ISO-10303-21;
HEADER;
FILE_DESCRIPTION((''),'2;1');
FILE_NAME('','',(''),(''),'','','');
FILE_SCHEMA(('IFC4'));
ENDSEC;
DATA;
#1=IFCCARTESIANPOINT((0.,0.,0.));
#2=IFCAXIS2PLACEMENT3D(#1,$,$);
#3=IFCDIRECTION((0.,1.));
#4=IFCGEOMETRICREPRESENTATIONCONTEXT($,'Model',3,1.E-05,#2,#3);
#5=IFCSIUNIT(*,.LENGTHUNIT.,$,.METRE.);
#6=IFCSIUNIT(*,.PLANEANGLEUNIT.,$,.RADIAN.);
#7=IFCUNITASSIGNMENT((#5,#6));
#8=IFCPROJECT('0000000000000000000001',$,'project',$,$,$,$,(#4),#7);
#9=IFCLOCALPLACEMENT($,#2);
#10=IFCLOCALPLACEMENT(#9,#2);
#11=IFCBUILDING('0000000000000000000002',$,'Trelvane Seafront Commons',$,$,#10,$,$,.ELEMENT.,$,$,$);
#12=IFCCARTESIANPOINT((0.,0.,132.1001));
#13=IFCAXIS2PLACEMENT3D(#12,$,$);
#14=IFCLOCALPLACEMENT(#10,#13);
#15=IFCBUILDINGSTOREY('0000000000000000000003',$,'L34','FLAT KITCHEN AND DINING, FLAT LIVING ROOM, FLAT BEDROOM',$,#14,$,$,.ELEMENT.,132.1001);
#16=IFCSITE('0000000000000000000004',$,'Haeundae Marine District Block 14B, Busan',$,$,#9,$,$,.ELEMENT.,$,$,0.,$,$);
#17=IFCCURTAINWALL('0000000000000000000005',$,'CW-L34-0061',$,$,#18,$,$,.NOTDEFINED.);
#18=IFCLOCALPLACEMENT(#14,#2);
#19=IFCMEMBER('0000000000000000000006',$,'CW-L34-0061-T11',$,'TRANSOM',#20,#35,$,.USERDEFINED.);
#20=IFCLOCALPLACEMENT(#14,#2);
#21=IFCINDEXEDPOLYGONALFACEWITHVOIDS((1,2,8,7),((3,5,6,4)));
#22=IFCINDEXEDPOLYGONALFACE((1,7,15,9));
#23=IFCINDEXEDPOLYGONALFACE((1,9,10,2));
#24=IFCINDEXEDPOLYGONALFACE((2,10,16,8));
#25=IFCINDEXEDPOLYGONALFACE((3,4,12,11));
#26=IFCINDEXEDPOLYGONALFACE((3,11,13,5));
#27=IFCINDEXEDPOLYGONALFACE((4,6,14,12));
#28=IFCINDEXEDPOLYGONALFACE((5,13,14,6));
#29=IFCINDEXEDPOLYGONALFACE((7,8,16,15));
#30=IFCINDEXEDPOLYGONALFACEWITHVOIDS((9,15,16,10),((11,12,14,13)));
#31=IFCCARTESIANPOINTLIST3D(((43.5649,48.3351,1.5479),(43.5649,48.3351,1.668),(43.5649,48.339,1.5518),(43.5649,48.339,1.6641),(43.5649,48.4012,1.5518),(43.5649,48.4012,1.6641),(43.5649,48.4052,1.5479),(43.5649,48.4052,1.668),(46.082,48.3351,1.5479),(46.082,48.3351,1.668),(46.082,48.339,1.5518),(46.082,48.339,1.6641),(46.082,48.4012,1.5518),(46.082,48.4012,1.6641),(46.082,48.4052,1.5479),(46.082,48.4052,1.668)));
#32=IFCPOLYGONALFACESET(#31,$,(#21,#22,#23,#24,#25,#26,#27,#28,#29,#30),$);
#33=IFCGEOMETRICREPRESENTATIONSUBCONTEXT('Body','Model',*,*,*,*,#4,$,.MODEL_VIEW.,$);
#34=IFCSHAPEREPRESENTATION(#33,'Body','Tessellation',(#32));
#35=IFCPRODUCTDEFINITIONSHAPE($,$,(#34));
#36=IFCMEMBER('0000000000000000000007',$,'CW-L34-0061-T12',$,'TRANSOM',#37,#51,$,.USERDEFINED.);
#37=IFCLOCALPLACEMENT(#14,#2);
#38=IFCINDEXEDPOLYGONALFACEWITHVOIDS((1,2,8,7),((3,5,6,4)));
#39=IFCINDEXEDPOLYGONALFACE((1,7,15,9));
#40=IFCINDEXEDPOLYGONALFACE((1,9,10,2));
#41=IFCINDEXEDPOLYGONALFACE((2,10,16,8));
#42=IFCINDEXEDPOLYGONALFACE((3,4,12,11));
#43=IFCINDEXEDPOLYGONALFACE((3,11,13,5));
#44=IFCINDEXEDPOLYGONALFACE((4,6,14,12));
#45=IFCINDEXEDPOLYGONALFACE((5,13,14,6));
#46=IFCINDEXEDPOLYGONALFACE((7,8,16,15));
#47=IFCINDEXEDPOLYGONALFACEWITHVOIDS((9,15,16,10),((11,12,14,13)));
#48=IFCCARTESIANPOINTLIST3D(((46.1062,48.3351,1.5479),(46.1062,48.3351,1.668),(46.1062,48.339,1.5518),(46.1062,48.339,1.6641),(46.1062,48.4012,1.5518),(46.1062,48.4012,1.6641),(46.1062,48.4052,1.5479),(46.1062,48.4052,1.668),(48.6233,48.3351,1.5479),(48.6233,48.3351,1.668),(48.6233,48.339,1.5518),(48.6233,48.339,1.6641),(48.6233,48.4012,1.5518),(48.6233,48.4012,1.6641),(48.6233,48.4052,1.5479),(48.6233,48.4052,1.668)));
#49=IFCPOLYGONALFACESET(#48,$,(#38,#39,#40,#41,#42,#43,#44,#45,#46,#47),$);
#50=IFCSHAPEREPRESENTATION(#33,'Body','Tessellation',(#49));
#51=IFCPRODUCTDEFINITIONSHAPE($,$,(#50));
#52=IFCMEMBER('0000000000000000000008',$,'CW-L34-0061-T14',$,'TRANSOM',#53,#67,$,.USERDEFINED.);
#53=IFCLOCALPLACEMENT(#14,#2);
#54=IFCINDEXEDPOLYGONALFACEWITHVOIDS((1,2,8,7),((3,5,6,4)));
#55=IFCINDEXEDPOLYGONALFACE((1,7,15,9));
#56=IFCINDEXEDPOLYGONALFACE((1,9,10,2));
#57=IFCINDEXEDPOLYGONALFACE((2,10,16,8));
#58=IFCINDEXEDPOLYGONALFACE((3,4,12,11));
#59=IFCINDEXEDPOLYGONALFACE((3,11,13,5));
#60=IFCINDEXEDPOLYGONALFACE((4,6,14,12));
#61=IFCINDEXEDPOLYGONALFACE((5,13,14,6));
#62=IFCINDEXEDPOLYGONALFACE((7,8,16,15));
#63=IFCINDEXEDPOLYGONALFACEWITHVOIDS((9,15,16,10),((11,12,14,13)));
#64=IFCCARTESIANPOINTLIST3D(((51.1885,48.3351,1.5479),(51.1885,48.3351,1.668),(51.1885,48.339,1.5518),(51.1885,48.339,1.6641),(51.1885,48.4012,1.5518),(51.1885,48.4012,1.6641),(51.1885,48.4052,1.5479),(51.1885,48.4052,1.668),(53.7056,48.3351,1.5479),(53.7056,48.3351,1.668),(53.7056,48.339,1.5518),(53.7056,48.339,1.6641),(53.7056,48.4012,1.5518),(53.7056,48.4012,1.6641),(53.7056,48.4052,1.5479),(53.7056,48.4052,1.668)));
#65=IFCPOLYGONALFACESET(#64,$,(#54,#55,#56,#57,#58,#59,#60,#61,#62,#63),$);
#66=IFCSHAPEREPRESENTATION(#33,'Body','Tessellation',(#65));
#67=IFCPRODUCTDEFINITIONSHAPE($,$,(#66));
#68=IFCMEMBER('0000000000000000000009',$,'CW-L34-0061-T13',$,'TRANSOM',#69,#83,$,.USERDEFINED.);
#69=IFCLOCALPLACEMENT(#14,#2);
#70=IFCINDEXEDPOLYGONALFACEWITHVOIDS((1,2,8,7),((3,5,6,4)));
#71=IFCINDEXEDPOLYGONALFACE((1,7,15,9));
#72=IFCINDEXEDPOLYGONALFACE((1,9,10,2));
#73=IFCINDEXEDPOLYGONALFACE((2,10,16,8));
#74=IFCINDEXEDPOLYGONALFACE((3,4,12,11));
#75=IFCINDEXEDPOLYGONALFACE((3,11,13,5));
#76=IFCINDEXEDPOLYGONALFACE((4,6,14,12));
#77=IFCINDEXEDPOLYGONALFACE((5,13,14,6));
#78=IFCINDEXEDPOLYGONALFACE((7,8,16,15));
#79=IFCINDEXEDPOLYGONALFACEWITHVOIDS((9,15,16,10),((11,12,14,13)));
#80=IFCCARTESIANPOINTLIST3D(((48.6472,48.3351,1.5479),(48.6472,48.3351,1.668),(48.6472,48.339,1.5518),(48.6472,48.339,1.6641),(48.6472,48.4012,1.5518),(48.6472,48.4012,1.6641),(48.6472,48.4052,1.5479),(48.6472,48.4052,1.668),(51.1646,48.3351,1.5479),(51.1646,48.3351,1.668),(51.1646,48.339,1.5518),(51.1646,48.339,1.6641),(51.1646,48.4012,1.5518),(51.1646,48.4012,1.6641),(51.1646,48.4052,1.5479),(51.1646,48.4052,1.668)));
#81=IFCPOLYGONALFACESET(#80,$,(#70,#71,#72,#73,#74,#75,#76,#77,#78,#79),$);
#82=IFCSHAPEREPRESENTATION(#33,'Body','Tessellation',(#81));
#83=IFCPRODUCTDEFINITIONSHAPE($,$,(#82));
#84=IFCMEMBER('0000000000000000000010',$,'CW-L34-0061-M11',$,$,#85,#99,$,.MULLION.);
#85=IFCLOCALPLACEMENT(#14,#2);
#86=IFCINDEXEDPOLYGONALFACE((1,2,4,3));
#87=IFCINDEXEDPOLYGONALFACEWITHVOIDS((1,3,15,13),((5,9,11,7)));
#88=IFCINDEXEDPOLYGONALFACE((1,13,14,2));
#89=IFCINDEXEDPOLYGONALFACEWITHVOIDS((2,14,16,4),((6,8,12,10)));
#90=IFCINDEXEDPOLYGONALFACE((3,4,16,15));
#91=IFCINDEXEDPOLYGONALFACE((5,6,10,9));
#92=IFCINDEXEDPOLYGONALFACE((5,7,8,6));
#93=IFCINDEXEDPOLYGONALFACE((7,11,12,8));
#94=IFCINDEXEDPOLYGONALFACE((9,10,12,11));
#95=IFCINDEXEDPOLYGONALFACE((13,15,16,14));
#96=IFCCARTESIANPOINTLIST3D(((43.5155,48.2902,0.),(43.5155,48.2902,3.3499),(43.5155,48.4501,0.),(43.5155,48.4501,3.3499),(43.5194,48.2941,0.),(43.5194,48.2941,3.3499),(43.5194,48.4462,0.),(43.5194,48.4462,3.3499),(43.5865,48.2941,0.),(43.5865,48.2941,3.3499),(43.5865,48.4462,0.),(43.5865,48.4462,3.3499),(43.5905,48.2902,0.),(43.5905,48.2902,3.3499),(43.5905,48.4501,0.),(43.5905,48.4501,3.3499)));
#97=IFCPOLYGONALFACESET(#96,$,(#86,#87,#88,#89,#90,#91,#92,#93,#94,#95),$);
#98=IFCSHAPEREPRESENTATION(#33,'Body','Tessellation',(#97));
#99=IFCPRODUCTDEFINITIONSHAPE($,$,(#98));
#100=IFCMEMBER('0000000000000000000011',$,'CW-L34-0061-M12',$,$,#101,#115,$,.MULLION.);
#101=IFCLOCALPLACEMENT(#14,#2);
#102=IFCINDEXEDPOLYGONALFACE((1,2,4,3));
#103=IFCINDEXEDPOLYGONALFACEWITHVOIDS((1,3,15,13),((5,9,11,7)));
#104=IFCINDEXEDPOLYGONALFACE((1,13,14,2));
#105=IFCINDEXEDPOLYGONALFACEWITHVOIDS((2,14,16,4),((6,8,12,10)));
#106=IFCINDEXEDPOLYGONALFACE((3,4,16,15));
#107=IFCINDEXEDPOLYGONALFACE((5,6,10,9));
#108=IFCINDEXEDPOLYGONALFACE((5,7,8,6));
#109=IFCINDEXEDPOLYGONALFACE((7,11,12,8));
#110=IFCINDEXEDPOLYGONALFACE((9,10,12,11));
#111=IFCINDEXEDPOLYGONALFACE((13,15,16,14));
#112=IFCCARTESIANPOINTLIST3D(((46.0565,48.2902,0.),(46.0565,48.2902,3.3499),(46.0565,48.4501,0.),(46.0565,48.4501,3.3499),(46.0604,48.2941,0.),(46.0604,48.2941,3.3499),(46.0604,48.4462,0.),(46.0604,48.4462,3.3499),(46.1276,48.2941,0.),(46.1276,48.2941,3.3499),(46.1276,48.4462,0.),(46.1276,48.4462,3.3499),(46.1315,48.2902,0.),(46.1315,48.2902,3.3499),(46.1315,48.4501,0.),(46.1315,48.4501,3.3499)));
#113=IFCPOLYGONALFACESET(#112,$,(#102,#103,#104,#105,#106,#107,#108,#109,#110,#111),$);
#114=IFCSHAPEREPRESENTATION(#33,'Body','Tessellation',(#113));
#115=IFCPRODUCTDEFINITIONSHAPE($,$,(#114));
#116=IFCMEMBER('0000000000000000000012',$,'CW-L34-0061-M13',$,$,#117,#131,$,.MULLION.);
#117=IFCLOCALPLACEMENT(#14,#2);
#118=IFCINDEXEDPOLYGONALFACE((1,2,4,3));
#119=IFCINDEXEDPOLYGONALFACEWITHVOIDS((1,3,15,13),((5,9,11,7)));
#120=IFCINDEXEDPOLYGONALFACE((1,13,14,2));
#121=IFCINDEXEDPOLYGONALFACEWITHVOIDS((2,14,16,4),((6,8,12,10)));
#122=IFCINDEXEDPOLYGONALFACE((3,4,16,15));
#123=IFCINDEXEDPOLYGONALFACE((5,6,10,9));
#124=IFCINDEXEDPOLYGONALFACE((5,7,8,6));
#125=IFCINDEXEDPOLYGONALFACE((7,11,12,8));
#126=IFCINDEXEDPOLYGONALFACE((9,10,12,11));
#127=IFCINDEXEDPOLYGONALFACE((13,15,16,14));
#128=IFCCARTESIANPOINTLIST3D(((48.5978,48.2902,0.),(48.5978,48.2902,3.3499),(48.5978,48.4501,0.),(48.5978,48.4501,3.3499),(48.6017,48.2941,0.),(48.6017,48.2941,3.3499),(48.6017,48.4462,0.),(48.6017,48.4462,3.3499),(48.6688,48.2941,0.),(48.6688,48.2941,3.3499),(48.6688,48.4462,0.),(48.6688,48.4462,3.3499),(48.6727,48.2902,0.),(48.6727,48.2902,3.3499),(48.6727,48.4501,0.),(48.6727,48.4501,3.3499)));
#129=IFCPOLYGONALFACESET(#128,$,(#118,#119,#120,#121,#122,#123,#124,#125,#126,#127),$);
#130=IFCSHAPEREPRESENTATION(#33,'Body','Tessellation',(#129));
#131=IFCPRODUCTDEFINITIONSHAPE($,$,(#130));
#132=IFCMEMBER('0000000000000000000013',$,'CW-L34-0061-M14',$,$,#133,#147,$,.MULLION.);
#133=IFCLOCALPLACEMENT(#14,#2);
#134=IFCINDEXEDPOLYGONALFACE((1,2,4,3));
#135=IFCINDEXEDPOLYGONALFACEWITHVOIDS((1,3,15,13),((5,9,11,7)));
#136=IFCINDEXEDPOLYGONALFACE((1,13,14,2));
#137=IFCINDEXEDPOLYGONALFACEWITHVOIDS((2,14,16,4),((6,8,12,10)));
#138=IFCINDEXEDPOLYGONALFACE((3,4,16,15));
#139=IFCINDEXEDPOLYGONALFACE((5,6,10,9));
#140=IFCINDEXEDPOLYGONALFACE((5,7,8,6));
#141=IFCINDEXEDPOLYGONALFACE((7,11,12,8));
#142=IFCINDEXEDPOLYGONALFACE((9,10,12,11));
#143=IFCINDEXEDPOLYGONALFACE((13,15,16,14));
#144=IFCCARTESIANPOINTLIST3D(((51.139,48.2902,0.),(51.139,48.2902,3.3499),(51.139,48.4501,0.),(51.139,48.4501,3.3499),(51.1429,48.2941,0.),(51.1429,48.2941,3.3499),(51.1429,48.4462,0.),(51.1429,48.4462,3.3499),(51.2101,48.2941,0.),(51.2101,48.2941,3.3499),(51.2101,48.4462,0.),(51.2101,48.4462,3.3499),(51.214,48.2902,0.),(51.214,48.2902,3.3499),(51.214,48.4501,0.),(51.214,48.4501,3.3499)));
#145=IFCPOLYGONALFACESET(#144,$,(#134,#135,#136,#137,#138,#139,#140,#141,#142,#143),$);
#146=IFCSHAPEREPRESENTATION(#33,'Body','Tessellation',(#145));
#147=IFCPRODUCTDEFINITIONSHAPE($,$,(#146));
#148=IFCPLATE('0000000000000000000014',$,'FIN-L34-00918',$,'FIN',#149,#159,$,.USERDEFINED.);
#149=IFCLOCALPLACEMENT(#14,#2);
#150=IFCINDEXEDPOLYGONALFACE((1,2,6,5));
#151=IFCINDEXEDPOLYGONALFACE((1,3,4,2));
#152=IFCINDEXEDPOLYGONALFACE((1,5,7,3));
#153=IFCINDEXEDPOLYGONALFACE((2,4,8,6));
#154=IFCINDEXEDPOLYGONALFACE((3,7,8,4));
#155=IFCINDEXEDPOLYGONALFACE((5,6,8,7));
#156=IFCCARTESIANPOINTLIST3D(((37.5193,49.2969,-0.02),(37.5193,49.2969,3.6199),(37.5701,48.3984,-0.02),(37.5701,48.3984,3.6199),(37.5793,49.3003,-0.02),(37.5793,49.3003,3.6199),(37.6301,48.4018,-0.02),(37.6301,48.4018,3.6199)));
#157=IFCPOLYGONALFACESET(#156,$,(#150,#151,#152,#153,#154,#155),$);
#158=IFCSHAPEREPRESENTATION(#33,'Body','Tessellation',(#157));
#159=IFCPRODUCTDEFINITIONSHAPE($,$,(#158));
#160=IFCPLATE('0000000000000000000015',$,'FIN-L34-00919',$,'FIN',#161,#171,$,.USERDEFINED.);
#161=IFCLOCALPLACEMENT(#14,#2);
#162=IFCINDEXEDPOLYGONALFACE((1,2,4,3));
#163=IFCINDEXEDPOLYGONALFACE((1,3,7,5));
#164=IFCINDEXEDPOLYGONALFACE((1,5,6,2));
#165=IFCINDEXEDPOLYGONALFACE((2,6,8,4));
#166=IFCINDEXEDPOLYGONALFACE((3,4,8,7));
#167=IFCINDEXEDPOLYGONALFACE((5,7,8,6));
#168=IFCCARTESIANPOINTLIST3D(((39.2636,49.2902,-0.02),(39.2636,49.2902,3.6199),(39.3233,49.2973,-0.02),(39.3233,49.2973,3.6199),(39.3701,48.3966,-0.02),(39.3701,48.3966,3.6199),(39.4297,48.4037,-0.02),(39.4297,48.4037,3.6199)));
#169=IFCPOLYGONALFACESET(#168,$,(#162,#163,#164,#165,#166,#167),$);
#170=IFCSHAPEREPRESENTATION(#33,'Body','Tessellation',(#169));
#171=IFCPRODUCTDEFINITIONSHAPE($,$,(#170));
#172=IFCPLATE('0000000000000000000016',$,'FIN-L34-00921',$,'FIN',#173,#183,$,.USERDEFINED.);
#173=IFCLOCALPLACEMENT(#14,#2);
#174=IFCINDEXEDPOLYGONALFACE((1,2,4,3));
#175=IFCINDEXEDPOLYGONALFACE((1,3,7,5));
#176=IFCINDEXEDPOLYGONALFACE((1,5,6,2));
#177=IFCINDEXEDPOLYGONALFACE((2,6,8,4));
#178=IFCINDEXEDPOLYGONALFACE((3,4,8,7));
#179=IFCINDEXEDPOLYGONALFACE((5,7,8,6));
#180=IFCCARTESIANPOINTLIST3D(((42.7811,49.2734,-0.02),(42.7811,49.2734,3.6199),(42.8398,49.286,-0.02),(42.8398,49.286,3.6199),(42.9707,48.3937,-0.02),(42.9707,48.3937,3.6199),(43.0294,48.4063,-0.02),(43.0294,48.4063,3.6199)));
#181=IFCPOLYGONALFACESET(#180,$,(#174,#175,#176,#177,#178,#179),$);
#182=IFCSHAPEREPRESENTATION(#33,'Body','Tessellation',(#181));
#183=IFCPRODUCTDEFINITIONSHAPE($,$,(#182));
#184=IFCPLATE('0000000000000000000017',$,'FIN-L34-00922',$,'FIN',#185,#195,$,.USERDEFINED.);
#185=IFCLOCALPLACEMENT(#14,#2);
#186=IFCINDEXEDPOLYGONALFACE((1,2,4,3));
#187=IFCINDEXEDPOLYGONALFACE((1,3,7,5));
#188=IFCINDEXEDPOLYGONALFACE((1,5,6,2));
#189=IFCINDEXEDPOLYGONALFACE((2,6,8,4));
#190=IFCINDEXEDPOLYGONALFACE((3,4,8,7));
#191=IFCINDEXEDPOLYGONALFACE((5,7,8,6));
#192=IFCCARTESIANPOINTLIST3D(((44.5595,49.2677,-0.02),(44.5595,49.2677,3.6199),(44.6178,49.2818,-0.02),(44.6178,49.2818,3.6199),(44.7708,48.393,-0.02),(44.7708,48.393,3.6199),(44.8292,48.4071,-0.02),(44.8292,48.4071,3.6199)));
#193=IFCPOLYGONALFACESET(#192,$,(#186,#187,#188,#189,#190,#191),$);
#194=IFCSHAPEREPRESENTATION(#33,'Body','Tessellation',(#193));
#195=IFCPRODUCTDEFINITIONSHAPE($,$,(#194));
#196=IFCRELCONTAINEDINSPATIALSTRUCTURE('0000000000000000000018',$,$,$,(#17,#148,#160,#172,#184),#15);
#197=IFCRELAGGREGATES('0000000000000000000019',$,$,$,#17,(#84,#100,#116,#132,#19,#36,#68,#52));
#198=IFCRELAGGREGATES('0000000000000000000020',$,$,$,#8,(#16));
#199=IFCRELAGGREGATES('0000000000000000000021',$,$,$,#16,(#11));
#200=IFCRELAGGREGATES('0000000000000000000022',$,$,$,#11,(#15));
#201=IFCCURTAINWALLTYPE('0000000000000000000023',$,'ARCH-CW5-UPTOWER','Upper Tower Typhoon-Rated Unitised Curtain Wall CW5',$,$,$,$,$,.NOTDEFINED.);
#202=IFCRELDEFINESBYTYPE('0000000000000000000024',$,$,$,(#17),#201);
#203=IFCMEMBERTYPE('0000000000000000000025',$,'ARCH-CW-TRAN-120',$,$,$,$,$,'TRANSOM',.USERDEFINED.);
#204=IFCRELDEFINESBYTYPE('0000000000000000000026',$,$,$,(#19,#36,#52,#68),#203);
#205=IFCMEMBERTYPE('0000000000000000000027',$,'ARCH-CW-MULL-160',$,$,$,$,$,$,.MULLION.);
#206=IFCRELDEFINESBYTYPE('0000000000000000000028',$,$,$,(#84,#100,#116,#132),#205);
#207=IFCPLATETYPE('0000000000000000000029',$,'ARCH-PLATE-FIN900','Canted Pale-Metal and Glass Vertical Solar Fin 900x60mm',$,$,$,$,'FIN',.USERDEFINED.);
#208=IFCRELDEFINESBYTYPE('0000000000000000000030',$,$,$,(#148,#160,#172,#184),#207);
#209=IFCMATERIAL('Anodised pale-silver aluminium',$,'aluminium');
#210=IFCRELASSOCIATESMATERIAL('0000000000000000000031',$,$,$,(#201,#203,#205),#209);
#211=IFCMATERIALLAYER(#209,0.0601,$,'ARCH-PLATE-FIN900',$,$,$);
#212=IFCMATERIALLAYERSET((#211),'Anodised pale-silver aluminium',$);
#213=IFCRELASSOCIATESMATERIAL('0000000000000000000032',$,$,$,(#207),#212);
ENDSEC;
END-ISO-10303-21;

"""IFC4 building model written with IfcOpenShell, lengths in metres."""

from ifc_helpers import new_model, si_unit, direction, frame, origin, origin_2d, place, context, subcontext, project, spatial, rectangle, hollow_rectangle, extrude, source, transform, mapped, material, layer, layer_set, material_profile, profile_set, type_object, element, aggregate, save


model = new_model("IFC4")

# Units and contexts
model_context = context("Model", 3, precision=1e-05, world=origin(), true_north=direction((0.0, 1.0)))
body_context = subcontext(model_context, "Body", "Model", "MODEL_VIEW")
ifc_project = project(units=[si_unit("LENGTHUNIT", "METRE"), si_unit("PLANEANGLEUNIT", "RADIAN")], contexts=[model_context])

# Site, building, storey
site_placement = place(None, origin())
site = spatial("IfcSite", under=ifc_project, at=site_placement, Name="Haeundae Marine District Block 14B, Busan", CompositionType="ELEMENT", RefElevation=0.0)
building_placement = place(site_placement, origin())
building = spatial("IfcBuilding", under=site, at=building_placement, Name="Trelvane Seafront Commons", CompositionType="ELEMENT")
storey_placement = place(building_placement, frame((0.0, 0.0, 132.1001)))
storey = spatial("IfcBuildingStorey", under=building, at=storey_placement, Name="L34", Description="FLAT KITCHEN AND DINING, FLAT LIVING ROOM, FLAT BEDROOM", CompositionType="ELEMENT", Elevation=132.1001)

# Curtain wall, members
ifc_material_1 = material(Name="Anodised pale-silver aluminium", Category="aluminium")
curtain_wall_type = type_object("IfcCurtainWallType", Name="ARCH-CW5-UPTOWER", Description="Upper Tower Typhoon-Rated Unitised Curtain Wall CW5", PredefinedType="NOTDEFINED", material=ifc_material_1)
curtain_wall_placement = place(storey_placement, origin())
curtain_wall = element("IfcCurtainWall", 1, at=curtain_wall_placement, inside=storey, type_object=curtain_wall_type, Name="CW-L34-0061", PredefinedType="NOTDEFINED")
ifc_material_profile_1 = material_profile(ifc_material_1, hollow_rectangle(XDim=0.0701, YDim=0.1201, WallThickness=0.0039, at=origin_2d()), Name="TRAN-70x120x4")
ifc_profile_set_1 = profile_set([ifc_material_profile_1], Name="Anodised pale-silver aluminium")
member_type_1 = type_object("IfcMemberType", Name="ARCH-CW-TRAN-120", ElementType="TRANSOM", PredefinedType="USERDEFINED", material=ifc_profile_set_1)
shared_shape_1 = source(origin(), body_context, "Body", "SweptSolid", [
    extrude(hollow_rectangle(XDim=0.0701, YDim=0.1201, WallThickness=0.0039, at=origin_2d()), origin(), (0.0, 0.0, 1.0), 2.5171),
])
member_1_placement = place(storey_placement, frame((43.5649, 48.3701, 1.6079), z_axis=(1.0, 0.0, 0.0), x_axis=(0.0, 1.0, 0.0)))
member_1 = element("IfcMember", 2, at=member_1_placement, type_object=member_type_1, Name="CW-L34-0061-T11", ObjectType="TRANSOM", PredefinedType="USERDEFINED", context=body_context, shape_type="MappedRepresentation", body=[
    mapped(shared_shape_1, transform((0.0, 0.0, 0.0), x_axis=(1.0, 0.0, 0.0), y_axis=(0.0, 1.0, 0.0), z_axis=(0.0, 0.0, 1.0), scale=1.0)),
])
member_2_placement = place(storey_placement, frame((46.1062, 48.3701, 1.6079), z_axis=(1.0, 0.0, 0.0), x_axis=(0.0, 1.0, 0.0)))
member_2 = element("IfcMember", 3, at=member_2_placement, type_object=member_type_1, Name="CW-L34-0061-T12", ObjectType="TRANSOM", PredefinedType="USERDEFINED", context=body_context, shape_type="MappedRepresentation", body=[
    mapped(shared_shape_1, transform((0.0, 0.0, 0.0), x_axis=(1.0, 0.0, 0.0), y_axis=(0.0, 1.0, 0.0), z_axis=(0.0, 0.0, 1.0), scale=1.0)),
])
member_3_placement = place(storey_placement, frame((51.1885, 48.3701, 1.6079), z_axis=(1.0, 0.0, 0.0), x_axis=(0.0, 1.0, 0.0)))
member_3 = element("IfcMember", 4, at=member_3_placement, type_object=member_type_1, Name="CW-L34-0061-T14", ObjectType="TRANSOM", PredefinedType="USERDEFINED", context=body_context, shape_type="MappedRepresentation", body=[
    mapped(shared_shape_1, transform((0.0, 0.0, 0.0), x_axis=(1.0, 0.0, 0.0), y_axis=(0.0, 1.0, 0.0), z_axis=(0.0, 0.0, 1.0), scale=1.0)),
])
shared_shape_2 = source(origin(), body_context, "Body", "SweptSolid", [
    extrude(hollow_rectangle(XDim=0.0701, YDim=0.1201, WallThickness=0.0039, at=origin_2d()), origin(), (0.0, 0.0, 1.0), 2.5173),
])
member_4_placement = place(storey_placement, frame((48.6472, 48.3701, 1.6079), z_axis=(1.0, 0.0, 0.0), x_axis=(0.0, 1.0, 0.0)))
member_4 = element("IfcMember", 5, at=member_4_placement, type_object=member_type_1, Name="CW-L34-0061-T13", ObjectType="TRANSOM", PredefinedType="USERDEFINED", context=body_context, shape_type="MappedRepresentation", body=[
    mapped(shared_shape_2, transform((0.0, 0.0, 0.0), x_axis=(1.0, 0.0, 0.0), y_axis=(0.0, 1.0, 0.0), z_axis=(0.0, 0.0, 1.0), scale=1.0)),
])
ifc_material_profile_2 = material_profile(ifc_material_1, hollow_rectangle(XDim=0.075, YDim=0.1599, WallThickness=0.0039, at=origin_2d()), Name="MULL-75x160x4")
ifc_profile_set_2 = profile_set([ifc_material_profile_2], Name="Anodised pale-silver aluminium")
member_type_2 = type_object("IfcMemberType", Name="ARCH-CW-MULL-160", PredefinedType="MULLION", material=ifc_profile_set_2)
shared_shape_3 = source(origin(), body_context, "Body", "SweptSolid", [
    extrude(hollow_rectangle(XDim=0.075, YDim=0.1599, WallThickness=0.0039, at=origin_2d()), origin(), (0.0, 0.0, 1.0), 3.3499),
])
member_5_placement = place(storey_placement, frame((43.553, 48.3701, 0.0), z_axis=(0.0, 0.0, 1.0), x_axis=(1.0, 0.0, 0.0)))
member_5 = element("IfcMember", 6, at=member_5_placement, type_object=member_type_2, Name="CW-L34-0061-M11", PredefinedType="MULLION", context=body_context, shape_type="MappedRepresentation", body=[
    mapped(shared_shape_3, transform((0.0, 0.0, 0.0), x_axis=(1.0, 0.0, 0.0), y_axis=(0.0, 1.0, 0.0), z_axis=(0.0, 0.0, 1.0), scale=1.0)),
])
member_6_placement = place(storey_placement, frame((46.094, 48.3701, 0.0), z_axis=(0.0, 0.0, 1.0), x_axis=(1.0, 0.0, 0.0)))
member_6 = element("IfcMember", 7, at=member_6_placement, type_object=member_type_2, Name="CW-L34-0061-M12", PredefinedType="MULLION", context=body_context, shape_type="MappedRepresentation", body=[
    mapped(shared_shape_3, transform((0.0, 0.0, 0.0), x_axis=(1.0, 0.0, 0.0), y_axis=(0.0, 1.0, 0.0), z_axis=(0.0, 0.0, 1.0), scale=1.0)),
])
member_7_placement = place(storey_placement, frame((48.6353, 48.3701, 0.0), z_axis=(0.0, 0.0, 1.0), x_axis=(1.0, 0.0, 0.0)))
member_7 = element("IfcMember", 8, at=member_7_placement, type_object=member_type_2, Name="CW-L34-0061-M13", PredefinedType="MULLION", context=body_context, shape_type="MappedRepresentation", body=[
    mapped(shared_shape_3, transform((0.0, 0.0, 0.0), x_axis=(1.0, 0.0, 0.0), y_axis=(0.0, 1.0, 0.0), z_axis=(0.0, 0.0, 1.0), scale=1.0)),
])
member_8_placement = place(storey_placement, frame((51.1765, 48.3701, 0.0), z_axis=(0.0, 0.0, 1.0), x_axis=(1.0, 0.0, 0.0)))
member_8 = element("IfcMember", 9, at=member_8_placement, type_object=member_type_2, Name="CW-L34-0061-M14", PredefinedType="MULLION", context=body_context, shape_type="MappedRepresentation", body=[
    mapped(shared_shape_3, transform((0.0, 0.0, 0.0), x_axis=(1.0, 0.0, 0.0), y_axis=(0.0, 1.0, 0.0), z_axis=(0.0, 0.0, 1.0), scale=1.0)),
])

# Plates
ifc_layer_1 = layer(ifc_material_1, 0.0601, Name="ARCH-PLATE-FIN900")
ifc_layer_set_1 = layer_set([ifc_layer_1], Name="Anodised pale-silver aluminium")
plate_type_1 = type_object("IfcPlateType", Name="ARCH-PLATE-FIN900", Description="Canted Pale-Metal and Glass Vertical Solar Fin 900x60mm", ElementType="FIN", PredefinedType="USERDEFINED", material=ifc_layer_set_1)
shared_shape_4 = source(origin(), body_context, "Body", "SweptSolid", [
    extrude(rectangle(XDim=0.8999, YDim=0.0601, at=origin_2d()), origin(), (0.0, 0.0, 1.0), 3.6399),
])
for number, where, z_axis, x_axis, name in (
    (10, (37.5747, 48.8494, -0.02), (0.0, 0.0, 1.0), (-0.056442, 0.998406, 0.0), "FIN-L34-00918"),
    (11, (39.3467, 48.8469, -0.02), (0.0, 0.0, 1.0), (-0.118329, 0.992974, 0.0), "FIN-L34-00919"),
    (12, (42.9053, 48.8398, -0.02), (0.0, 0.0, 1.0), (-0.210668, 0.977558, 0.0), "FIN-L34-00921"),
    (13, (44.6943, 48.8374, -0.02), (0.0, 0.0, 1.0), (-0.234894, 0.972021, 0.0), "FIN-L34-00922"),
):
    element("IfcPlate", number, at=place(storey_placement, frame(where, z_axis=z_axis, x_axis=x_axis)), inside=storey, type_object=plate_type_1, Name=name, ObjectType="FIN", PredefinedType="USERDEFINED", context=body_context, shape_type="MappedRepresentation", body=[
        mapped(shared_shape_4, transform((0.0, 0.0, 0.0), x_axis=(1.0, 0.0, 0.0), y_axis=(0.0, 1.0, 0.0), z_axis=(0.0, 0.0, 1.0), scale=1.0)),
    ])

aggregate(curtain_wall, [member_5, member_6, member_7, member_8, member_1, member_2, member_4, member_3])

save(model, "model.ifc")
